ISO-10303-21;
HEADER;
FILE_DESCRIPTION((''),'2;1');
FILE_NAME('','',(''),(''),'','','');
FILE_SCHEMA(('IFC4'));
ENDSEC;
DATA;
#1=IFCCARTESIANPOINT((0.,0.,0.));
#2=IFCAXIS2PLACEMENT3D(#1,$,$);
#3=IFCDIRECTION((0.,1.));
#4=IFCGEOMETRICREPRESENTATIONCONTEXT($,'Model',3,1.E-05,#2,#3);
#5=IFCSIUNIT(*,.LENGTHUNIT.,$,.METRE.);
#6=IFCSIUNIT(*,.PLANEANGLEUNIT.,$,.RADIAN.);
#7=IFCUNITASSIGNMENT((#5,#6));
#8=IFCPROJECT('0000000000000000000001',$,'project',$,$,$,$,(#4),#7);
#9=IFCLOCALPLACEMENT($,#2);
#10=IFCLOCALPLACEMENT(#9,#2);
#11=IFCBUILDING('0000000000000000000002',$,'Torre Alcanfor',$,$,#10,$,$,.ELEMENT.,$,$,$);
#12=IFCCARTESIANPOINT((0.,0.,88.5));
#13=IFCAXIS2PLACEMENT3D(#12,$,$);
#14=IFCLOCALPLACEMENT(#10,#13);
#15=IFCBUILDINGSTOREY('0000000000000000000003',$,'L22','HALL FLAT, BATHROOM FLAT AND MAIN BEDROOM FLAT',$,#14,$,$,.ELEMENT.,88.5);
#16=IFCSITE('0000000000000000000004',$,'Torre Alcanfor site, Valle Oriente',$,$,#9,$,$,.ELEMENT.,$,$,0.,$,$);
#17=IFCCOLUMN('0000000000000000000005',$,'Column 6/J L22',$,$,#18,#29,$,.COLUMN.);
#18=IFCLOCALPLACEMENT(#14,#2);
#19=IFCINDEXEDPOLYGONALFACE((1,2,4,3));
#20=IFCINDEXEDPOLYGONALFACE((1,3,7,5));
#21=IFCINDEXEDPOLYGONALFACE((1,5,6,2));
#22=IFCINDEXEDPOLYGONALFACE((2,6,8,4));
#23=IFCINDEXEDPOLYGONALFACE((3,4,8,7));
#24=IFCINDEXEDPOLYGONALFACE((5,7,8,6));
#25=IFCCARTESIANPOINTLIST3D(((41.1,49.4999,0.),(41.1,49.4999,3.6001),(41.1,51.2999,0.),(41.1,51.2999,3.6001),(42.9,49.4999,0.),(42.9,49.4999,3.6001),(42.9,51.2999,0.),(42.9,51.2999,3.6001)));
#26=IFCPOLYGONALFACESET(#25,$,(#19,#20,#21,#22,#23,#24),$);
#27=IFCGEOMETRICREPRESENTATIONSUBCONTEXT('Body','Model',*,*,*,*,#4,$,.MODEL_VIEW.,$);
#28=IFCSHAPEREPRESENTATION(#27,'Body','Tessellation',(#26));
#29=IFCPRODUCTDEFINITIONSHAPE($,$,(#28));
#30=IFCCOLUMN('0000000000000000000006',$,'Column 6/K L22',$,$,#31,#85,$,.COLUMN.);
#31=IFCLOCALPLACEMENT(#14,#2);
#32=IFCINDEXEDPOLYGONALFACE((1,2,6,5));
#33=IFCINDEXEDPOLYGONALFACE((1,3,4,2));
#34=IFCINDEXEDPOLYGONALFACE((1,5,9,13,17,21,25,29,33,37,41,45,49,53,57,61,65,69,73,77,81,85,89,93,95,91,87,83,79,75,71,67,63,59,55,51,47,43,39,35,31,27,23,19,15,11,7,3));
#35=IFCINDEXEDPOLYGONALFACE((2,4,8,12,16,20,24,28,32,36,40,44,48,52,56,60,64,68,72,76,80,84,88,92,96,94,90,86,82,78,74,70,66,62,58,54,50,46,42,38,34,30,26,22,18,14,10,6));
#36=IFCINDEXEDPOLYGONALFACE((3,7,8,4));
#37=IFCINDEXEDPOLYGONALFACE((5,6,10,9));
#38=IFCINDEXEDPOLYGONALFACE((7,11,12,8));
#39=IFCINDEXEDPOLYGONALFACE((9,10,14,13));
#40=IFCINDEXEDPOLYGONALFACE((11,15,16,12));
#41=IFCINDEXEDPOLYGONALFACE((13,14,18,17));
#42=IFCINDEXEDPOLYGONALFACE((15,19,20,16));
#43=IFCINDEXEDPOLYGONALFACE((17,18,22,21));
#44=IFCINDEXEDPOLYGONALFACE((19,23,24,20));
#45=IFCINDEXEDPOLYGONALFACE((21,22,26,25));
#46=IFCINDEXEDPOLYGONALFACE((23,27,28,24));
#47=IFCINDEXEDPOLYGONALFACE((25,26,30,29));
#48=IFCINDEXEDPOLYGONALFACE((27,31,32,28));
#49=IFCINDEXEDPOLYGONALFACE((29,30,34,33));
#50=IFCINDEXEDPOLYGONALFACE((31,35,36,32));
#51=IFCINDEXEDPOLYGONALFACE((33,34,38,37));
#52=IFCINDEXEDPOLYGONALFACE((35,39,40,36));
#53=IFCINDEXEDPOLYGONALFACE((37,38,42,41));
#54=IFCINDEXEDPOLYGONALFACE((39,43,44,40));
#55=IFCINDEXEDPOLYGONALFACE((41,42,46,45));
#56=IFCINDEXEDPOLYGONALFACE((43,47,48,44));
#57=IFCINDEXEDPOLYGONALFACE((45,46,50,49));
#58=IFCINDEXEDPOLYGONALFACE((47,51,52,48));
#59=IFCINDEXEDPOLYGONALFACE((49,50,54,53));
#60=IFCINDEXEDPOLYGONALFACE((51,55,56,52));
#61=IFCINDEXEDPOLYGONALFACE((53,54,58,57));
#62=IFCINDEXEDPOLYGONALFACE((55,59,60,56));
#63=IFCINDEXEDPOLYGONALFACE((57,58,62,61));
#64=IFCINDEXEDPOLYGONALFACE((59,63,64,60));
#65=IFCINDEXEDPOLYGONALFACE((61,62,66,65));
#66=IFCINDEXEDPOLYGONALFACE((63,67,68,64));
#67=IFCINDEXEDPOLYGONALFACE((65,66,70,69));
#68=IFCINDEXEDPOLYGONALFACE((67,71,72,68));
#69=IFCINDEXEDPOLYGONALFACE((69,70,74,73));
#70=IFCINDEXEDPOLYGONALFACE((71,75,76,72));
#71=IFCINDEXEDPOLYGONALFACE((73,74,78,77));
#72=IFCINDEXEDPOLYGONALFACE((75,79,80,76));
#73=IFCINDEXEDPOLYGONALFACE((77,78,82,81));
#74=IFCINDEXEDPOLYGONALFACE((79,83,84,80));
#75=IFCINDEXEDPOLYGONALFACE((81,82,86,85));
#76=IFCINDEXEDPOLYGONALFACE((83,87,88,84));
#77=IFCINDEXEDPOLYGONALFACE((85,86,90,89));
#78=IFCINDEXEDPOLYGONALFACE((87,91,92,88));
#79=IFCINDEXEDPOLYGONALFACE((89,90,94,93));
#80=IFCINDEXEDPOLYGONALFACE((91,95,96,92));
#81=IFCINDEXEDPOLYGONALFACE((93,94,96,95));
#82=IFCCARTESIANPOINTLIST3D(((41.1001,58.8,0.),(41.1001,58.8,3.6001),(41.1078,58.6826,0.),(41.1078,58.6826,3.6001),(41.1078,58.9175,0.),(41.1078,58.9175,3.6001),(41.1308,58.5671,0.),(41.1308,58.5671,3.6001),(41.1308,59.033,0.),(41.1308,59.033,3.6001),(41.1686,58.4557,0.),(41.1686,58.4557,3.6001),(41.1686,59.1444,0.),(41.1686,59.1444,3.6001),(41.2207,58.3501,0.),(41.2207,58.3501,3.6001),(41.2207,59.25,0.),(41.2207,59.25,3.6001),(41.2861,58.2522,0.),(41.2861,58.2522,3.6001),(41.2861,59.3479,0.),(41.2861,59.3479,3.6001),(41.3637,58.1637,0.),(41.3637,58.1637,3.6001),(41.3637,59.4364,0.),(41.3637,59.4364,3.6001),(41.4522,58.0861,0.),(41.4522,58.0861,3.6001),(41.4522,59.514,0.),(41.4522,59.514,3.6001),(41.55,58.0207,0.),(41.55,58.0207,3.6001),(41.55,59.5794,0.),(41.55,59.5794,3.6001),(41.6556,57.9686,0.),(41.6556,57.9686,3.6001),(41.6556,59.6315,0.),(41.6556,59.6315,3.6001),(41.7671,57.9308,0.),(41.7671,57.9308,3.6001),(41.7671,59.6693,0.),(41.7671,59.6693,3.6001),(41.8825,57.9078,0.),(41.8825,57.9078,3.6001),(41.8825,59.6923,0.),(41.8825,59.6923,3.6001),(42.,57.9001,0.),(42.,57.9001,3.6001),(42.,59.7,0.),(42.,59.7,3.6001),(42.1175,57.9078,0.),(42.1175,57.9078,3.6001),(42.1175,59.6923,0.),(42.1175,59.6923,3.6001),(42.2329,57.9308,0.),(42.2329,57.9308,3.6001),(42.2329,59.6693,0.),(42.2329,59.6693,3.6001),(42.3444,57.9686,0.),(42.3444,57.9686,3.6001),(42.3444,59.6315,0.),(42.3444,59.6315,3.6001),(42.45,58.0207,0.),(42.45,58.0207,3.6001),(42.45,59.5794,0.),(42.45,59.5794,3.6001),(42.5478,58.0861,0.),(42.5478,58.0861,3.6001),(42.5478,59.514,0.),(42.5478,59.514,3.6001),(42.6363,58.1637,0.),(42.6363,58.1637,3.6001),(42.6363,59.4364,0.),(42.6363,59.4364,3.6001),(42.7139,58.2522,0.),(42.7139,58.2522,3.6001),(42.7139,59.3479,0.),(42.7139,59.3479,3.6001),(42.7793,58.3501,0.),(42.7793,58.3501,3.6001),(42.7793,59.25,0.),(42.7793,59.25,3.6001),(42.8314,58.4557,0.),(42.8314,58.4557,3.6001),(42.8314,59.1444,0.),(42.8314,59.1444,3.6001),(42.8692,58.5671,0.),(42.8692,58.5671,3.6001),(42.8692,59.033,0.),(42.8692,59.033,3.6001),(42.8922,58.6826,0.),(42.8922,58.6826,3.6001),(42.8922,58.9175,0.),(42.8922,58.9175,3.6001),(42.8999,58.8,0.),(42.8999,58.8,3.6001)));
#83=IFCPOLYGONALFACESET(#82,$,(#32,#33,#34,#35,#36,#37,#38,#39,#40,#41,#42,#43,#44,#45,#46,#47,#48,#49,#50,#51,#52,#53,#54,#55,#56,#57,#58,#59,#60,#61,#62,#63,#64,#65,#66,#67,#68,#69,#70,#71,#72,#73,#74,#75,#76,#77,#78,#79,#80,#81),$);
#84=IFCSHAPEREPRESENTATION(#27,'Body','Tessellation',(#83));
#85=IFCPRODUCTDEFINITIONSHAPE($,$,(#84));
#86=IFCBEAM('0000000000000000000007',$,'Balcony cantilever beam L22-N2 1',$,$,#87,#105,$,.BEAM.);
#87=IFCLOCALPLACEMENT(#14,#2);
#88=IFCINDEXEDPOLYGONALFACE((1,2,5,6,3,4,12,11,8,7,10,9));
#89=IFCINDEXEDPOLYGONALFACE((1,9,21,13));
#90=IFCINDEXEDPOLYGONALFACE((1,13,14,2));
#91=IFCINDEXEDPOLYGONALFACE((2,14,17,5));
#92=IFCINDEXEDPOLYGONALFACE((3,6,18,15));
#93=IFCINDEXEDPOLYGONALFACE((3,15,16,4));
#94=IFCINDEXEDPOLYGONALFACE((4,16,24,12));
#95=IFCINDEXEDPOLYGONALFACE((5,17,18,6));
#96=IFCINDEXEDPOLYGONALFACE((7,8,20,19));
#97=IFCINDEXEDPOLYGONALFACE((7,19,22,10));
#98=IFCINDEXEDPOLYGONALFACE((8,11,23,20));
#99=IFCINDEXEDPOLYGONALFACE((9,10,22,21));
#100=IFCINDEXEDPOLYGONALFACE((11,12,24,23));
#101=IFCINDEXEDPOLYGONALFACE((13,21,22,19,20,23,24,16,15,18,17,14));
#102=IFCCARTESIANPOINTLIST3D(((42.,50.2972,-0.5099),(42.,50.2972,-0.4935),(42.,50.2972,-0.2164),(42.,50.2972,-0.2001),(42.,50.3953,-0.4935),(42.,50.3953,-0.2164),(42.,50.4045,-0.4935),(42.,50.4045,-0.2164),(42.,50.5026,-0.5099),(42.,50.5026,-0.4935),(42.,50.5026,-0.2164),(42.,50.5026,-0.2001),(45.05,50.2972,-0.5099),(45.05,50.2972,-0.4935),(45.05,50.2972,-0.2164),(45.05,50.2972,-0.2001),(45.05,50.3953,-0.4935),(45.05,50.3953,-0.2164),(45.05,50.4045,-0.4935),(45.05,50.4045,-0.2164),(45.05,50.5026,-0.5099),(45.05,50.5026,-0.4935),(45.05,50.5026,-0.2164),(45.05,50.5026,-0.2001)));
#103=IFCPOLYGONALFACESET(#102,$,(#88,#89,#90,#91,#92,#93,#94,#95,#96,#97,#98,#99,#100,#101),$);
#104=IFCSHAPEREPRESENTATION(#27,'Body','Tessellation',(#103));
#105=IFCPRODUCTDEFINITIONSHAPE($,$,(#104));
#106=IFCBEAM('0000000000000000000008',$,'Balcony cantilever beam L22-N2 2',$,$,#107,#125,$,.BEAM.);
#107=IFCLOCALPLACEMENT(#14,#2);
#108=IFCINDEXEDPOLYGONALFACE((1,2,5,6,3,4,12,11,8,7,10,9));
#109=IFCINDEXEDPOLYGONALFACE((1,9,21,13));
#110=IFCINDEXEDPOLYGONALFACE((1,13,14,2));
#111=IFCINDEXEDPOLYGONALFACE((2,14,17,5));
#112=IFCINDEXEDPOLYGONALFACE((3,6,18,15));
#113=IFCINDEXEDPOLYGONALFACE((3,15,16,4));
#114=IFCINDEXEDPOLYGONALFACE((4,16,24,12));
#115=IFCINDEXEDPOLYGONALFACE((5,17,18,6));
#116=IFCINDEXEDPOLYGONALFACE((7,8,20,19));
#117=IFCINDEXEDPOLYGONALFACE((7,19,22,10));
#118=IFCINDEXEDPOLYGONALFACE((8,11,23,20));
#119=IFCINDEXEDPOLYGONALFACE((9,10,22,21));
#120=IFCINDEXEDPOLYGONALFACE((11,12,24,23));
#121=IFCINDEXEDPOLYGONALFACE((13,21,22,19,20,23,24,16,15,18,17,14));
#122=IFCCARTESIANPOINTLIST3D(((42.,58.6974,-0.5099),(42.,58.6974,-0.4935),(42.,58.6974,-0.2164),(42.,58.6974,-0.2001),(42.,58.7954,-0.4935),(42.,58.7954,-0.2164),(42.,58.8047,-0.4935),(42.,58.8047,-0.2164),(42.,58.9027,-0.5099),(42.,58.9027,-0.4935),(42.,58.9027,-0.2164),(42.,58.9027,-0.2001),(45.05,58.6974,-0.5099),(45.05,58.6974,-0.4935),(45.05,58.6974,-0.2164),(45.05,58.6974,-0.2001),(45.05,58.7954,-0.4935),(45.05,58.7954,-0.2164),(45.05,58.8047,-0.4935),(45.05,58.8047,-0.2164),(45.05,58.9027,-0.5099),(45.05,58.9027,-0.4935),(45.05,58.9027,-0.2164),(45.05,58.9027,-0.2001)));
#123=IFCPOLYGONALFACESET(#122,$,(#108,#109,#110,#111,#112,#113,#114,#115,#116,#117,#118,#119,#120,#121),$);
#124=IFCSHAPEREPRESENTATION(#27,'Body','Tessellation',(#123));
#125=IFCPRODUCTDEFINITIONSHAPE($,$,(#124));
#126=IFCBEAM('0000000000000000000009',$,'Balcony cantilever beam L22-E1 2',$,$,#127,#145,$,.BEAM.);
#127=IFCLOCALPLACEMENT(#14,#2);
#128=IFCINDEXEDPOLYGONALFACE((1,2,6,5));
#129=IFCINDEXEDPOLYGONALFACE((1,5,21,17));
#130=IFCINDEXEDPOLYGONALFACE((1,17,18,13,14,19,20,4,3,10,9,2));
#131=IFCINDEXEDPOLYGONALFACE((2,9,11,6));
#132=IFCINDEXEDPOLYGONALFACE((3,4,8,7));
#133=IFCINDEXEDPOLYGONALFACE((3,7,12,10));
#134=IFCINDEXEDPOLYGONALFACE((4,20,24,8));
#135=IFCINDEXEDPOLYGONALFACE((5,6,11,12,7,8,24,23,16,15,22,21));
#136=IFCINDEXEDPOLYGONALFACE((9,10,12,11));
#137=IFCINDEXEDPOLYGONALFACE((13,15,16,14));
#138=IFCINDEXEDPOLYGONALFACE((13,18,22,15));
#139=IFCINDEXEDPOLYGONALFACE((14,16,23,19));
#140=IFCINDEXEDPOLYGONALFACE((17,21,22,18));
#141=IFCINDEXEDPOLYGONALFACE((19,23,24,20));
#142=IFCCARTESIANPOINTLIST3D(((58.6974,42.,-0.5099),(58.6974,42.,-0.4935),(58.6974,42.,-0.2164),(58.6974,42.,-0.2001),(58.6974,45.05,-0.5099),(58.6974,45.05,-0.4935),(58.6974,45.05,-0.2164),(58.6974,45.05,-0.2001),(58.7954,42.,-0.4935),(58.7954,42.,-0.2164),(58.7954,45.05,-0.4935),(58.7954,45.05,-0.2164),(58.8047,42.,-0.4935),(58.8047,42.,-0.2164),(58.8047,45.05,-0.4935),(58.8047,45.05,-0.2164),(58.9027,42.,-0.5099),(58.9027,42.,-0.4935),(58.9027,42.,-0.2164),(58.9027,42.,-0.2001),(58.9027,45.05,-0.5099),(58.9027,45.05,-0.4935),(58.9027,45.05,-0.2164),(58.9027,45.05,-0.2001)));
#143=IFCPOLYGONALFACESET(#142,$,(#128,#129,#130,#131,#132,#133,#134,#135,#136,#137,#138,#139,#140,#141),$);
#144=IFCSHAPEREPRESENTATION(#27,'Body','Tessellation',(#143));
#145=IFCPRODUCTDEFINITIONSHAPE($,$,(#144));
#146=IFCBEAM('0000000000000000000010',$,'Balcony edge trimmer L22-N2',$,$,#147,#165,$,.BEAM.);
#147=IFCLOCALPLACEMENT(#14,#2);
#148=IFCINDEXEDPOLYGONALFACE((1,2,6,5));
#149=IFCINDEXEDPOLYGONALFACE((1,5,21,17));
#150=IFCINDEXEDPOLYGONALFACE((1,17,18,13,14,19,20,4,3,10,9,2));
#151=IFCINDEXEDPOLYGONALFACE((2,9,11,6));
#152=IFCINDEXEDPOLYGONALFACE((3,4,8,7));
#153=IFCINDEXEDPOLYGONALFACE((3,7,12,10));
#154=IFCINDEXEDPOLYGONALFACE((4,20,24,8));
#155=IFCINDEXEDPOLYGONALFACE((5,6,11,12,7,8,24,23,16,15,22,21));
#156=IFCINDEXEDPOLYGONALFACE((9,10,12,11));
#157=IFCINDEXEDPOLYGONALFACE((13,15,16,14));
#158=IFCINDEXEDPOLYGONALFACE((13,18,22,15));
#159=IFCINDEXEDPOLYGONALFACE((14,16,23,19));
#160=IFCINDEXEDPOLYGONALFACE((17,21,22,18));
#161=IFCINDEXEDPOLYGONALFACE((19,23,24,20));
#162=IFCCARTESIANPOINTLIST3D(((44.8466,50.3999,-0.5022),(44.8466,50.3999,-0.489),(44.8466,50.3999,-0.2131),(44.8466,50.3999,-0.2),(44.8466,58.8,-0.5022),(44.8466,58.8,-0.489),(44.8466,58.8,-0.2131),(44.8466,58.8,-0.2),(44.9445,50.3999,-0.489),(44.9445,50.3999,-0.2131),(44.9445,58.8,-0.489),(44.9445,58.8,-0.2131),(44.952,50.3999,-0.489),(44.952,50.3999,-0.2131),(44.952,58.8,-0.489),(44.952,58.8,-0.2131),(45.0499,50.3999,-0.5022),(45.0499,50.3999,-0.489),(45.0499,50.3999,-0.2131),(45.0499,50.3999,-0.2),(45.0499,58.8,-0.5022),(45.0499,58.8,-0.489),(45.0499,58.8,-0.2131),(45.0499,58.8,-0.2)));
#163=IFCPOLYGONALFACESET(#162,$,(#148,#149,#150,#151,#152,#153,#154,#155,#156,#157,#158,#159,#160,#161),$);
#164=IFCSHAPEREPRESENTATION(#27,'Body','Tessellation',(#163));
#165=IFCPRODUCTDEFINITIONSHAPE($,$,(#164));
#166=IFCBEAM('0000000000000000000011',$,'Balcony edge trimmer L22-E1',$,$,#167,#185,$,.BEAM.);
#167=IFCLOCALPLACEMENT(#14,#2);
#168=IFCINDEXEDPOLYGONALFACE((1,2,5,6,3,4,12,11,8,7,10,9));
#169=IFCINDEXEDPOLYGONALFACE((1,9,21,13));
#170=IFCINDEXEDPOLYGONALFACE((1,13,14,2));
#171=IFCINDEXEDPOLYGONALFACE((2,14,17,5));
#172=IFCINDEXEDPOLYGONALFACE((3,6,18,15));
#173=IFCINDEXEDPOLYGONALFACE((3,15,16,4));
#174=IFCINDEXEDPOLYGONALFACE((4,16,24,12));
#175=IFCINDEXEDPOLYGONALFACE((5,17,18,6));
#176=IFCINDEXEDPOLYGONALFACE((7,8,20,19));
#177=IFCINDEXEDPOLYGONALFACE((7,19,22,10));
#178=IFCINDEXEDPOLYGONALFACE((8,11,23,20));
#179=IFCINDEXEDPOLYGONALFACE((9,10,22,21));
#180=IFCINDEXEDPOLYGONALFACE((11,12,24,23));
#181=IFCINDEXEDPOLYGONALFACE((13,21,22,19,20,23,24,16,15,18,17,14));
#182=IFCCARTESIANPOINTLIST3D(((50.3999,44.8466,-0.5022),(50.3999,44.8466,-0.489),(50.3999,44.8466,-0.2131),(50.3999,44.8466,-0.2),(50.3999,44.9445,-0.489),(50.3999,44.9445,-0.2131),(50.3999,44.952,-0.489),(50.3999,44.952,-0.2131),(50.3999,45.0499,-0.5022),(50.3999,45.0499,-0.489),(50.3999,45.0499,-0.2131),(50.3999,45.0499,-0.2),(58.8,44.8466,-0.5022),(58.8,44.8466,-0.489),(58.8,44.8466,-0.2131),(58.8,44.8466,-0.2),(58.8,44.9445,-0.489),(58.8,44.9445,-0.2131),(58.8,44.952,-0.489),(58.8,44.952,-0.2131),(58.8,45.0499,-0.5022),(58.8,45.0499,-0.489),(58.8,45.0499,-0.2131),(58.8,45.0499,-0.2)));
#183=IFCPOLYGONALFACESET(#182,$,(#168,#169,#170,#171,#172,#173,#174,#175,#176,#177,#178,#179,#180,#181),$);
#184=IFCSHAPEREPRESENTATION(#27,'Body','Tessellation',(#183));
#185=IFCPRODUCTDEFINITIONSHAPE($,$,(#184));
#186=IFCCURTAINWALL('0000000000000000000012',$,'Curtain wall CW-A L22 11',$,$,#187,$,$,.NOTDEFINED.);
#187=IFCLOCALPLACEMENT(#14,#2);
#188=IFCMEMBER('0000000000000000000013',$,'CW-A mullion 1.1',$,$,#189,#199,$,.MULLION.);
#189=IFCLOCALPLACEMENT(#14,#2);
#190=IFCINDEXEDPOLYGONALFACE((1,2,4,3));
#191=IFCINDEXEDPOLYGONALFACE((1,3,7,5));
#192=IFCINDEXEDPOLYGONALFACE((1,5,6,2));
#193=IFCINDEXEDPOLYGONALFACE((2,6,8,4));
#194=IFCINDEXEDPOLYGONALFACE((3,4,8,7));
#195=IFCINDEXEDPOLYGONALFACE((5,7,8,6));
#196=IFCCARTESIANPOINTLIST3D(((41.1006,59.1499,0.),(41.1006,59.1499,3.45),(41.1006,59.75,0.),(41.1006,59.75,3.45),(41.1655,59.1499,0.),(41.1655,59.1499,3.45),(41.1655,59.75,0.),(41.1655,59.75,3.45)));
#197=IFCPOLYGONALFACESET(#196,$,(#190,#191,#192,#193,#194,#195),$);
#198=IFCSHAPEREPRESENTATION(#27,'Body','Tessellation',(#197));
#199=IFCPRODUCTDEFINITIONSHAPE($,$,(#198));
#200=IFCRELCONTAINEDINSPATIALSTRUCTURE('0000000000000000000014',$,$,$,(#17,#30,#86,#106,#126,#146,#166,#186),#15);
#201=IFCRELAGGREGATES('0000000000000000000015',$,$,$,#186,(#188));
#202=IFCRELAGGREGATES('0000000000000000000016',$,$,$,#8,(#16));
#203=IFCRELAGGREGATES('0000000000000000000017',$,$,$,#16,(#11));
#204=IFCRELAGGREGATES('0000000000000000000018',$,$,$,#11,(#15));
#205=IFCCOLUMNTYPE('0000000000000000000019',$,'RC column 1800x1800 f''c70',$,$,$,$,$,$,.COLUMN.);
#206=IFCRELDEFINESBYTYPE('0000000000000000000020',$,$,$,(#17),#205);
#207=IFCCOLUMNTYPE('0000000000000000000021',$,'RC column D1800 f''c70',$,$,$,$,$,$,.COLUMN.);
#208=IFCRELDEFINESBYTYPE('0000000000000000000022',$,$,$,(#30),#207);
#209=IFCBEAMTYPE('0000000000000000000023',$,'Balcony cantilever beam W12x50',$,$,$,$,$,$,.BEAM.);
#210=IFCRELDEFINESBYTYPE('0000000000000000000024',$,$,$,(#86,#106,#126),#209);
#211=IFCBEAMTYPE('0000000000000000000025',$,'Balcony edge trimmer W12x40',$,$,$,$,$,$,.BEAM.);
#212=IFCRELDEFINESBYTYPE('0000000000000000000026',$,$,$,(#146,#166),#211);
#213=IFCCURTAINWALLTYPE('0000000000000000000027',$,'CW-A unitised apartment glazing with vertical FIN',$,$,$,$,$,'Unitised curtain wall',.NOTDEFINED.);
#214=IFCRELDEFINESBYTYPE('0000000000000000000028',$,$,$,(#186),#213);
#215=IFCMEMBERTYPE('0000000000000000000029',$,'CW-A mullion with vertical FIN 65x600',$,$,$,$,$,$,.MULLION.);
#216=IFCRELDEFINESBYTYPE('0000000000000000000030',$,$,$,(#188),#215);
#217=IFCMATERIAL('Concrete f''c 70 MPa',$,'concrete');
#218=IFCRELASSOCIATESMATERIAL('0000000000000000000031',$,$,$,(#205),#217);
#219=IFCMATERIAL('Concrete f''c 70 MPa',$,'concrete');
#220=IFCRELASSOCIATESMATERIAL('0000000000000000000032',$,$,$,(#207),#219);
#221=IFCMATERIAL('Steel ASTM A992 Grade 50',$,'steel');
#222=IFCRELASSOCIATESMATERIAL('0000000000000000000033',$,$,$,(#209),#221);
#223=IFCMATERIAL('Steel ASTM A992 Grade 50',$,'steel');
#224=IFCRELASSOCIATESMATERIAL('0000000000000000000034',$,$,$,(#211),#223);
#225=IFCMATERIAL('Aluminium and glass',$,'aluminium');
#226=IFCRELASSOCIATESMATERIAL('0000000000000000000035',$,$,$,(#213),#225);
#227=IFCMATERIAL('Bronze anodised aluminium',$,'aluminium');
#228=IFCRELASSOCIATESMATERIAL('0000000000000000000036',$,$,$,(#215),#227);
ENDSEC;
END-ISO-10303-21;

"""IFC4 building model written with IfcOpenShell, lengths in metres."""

from ifc_helpers import new_model, si_unit, direction, frame, origin, origin_2d, place, context, subcontext, project, spatial, rectangle, circle, i_section, extrude, material, material_profile, profile_set, type_object, element, aggregate, save


model = new_model("IFC4")

# Units and contexts
model_context = context("Model", 3, precision=1e-05, world=origin(), true_north=direction((0.0, 1.0)))
body_context = subcontext(model_context, "Body", "Model", "MODEL_VIEW")
ifc_project = project(units=[si_unit("LENGTHUNIT", "METRE"), si_unit("PLANEANGLEUNIT", "RADIAN")], contexts=[model_context])

# Site, building, storey
site_placement = place(None, origin())
site = spatial("IfcSite", under=ifc_project, at=site_placement, Name="Torre Alcanfor site, Valle Oriente", CompositionType="ELEMENT", RefElevation=0.0)
building_placement = place(site_placement, origin())
building = spatial("IfcBuilding", under=site, at=building_placement, Name="Torre Alcanfor", CompositionType="ELEMENT")
storey_placement = place(building_placement, frame((0.0, 0.0, 88.5)))
storey = spatial("IfcBuildingStorey", under=building, at=storey_placement, Name="L22", Description="HALL FLAT, BATHROOM FLAT AND MAIN BEDROOM FLAT", CompositionType="ELEMENT", Elevation=88.5)

# Columns
ifc_material_1 = material(Name="Concrete f'c 70 MPa", Category="concrete")
ifc_material_profile_1 = material_profile(ifc_material_1, rectangle(XDim=1.8, YDim=1.8, at=origin_2d()), Name="1800x1800")
ifc_profile_set_1 = profile_set([ifc_material_profile_1], Name="Concrete f'c 70 MPa")
column_type_1 = type_object("IfcColumnType", Name="RC column 1800x1800 f'c70", PredefinedType="COLUMN", material=ifc_profile_set_1)
column_1_placement = place(storey_placement, frame((42.0, 50.3999, 0.0), z_axis=(0.0, 0.0, 1.0), x_axis=(1.0, 0.0, 0.0)))
element("IfcColumn", 1, at=column_1_placement, inside=storey, type_object=column_type_1, Name="Column 6/J L22", PredefinedType="COLUMN", context=body_context, shape_type="SweptSolid", body=[
    extrude(rectangle(XDim=1.8, YDim=1.8, at=origin_2d()), origin(), (0.0, 0.0, 1.0), 3.6001),
])
ifc_material_2 = material(Name="Concrete f'c 70 MPa", Category="concrete")
ifc_material_profile_2 = material_profile(ifc_material_2, circle(Radius=0.8999, at=origin_2d()), Name="D1800")
ifc_profile_set_2 = profile_set([ifc_material_profile_2], Name="Concrete f'c 70 MPa")
column_type_2 = type_object("IfcColumnType", Name="RC column D1800 f'c70", PredefinedType="COLUMN", material=ifc_profile_set_2)
column_2_placement = place(storey_placement, frame((42.0, 58.8, 0.0), z_axis=(0.0, 0.0, 1.0), x_axis=(1.0, 0.0, 0.0)))
element("IfcColumn", 2, at=column_2_placement, inside=storey, type_object=column_type_2, Name="Column 6/K L22", PredefinedType="COLUMN", context=body_context, shape_type="SweptSolid", body=[
    extrude(circle(Radius=0.8999, at=origin_2d()), origin(), (0.0, 0.0, 1.0), 3.6001),
])

# Beams
ifc_material_3 = material(Name="Steel ASTM A992 Grade 50", Category="steel")
ifc_material_profile_3 = material_profile(ifc_material_3, i_section(OverallWidth=0.2053, OverallDepth=0.3098, WebThickness=0.0093, FlangeThickness=0.0164, at=origin_2d()), Name="W12x50")
ifc_profile_set_3 = profile_set([ifc_material_profile_3], Name="Steel ASTM A992 Grade 50")
beam_type_1 = type_object("IfcBeamType", Name="Balcony cantilever beam W12x50", PredefinedType="BEAM", material=ifc_profile_set_3)
for number, where, z_axis, x_axis, name in (
    (3, (42.0, 50.3999, -0.355), (1.0, 0.0, 0.0), (0.0, 1.0, 0.0), "Balcony cantilever beam L22-N2 1"),
    (4, (42.0, 58.8, -0.355), (1.0, 0.0, 0.0), (0.0, 1.0, 0.0), "Balcony cantilever beam L22-N2 2"),
    (5, (58.8, 42.0, -0.355), (0.0, 1.0, 0.0), (-1.0, 0.0, 0.0), "Balcony cantilever beam L22-E1 2"),
):
    element("IfcBeam", number, at=place(storey_placement, frame(where, z_axis=z_axis, x_axis=x_axis)), inside=storey, type_object=beam_type_1, Name=name, PredefinedType="BEAM", context=body_context, shape_type="SweptSolid", body=[
        extrude(i_section(OverallWidth=0.2053, OverallDepth=0.3098, WebThickness=0.0093, FlangeThickness=0.0164, at=origin_2d()), origin(), (0.0, 0.0, 1.0), 3.05),
    ])
ifc_material_4 = material(Name="Steel ASTM A992 Grade 50", Category="steel")
ifc_material_profile_4 = material_profile(ifc_material_4, i_section(OverallWidth=0.2034, OverallDepth=0.3022, WebThickness=0.0076, FlangeThickness=0.0132, at=origin_2d()), Name="W12x40")
ifc_profile_set_4 = profile_set([ifc_material_profile_4], Name="Steel ASTM A992 Grade 50")
beam_type_2 = type_object("IfcBeamType", Name="Balcony edge trimmer W12x40", PredefinedType="BEAM", material=ifc_profile_set_4)
for number, where, z_axis, x_axis, name in (
    (6, (44.9482, 50.3999, -0.3511), (0.0, 1.0, 0.0), (-1.0, 0.0, 0.0), "Balcony edge trimmer L22-N2"),
    (7, (50.3999, 44.9482, -0.3511), (1.0, 0.0, 0.0), (0.0, 1.0, 0.0), "Balcony edge trimmer L22-E1"),
):
    element("IfcBeam", number, at=place(storey_placement, frame(where, z_axis=z_axis, x_axis=x_axis)), inside=storey, type_object=beam_type_2, Name=name, PredefinedType="BEAM", context=body_context, shape_type="SweptSolid", body=[
        extrude(i_section(OverallWidth=0.2034, OverallDepth=0.3022, WebThickness=0.0076, FlangeThickness=0.0132, at=origin_2d()), origin(), (0.0, 0.0, 1.0), 8.4001),
    ])

# Curtain wall, member
ifc_material_5 = material(Name="Aluminium and glass", Category="aluminium")
curtain_wall_type = type_object("IfcCurtainWallType", Name="CW-A unitised apartment glazing with vertical FIN", ElementType="Unitised curtain wall", PredefinedType="NOTDEFINED", material=ifc_material_5)
curtain_wall_placement = place(storey_placement, origin())
curtain_wall = element("IfcCurtainWall", 8, at=curtain_wall_placement, inside=storey, type_object=curtain_wall_type, Name="Curtain wall CW-A L22 11", PredefinedType="NOTDEFINED")
ifc_material_6 = material(Name="Bronze anodised aluminium", Category="aluminium")
ifc_material_profile_5 = material_profile(ifc_material_6, rectangle(XDim=0.6001, YDim=0.0649, at=origin_2d()), Name="CW-A mullion 65x600")
ifc_profile_set_5 = profile_set([ifc_material_profile_5], Name="Bronze anodised aluminium")
member_type = type_object("IfcMemberType", Name="CW-A mullion with vertical FIN 65x600", PredefinedType="MULLION", material=ifc_profile_set_5)
member_placement = place(storey_placement, frame((41.1331, 59.45, 0.0), z_axis=(0.0, 0.0, 1.0), x_axis=(0.0, -1.0, 0.0)))
member = element("IfcMember", 9, at=member_placement, type_object=member_type, Name="CW-A mullion 1.1", PredefinedType="MULLION", context=body_context, shape_type="SweptSolid", body=[
    extrude(rectangle(XDim=0.6001, YDim=0.0649, at=origin_2d()), origin(), (0.0, 0.0, 1.0), 3.45),
])
aggregate(curtain_wall, [member])

save(model, "model.ifc")
